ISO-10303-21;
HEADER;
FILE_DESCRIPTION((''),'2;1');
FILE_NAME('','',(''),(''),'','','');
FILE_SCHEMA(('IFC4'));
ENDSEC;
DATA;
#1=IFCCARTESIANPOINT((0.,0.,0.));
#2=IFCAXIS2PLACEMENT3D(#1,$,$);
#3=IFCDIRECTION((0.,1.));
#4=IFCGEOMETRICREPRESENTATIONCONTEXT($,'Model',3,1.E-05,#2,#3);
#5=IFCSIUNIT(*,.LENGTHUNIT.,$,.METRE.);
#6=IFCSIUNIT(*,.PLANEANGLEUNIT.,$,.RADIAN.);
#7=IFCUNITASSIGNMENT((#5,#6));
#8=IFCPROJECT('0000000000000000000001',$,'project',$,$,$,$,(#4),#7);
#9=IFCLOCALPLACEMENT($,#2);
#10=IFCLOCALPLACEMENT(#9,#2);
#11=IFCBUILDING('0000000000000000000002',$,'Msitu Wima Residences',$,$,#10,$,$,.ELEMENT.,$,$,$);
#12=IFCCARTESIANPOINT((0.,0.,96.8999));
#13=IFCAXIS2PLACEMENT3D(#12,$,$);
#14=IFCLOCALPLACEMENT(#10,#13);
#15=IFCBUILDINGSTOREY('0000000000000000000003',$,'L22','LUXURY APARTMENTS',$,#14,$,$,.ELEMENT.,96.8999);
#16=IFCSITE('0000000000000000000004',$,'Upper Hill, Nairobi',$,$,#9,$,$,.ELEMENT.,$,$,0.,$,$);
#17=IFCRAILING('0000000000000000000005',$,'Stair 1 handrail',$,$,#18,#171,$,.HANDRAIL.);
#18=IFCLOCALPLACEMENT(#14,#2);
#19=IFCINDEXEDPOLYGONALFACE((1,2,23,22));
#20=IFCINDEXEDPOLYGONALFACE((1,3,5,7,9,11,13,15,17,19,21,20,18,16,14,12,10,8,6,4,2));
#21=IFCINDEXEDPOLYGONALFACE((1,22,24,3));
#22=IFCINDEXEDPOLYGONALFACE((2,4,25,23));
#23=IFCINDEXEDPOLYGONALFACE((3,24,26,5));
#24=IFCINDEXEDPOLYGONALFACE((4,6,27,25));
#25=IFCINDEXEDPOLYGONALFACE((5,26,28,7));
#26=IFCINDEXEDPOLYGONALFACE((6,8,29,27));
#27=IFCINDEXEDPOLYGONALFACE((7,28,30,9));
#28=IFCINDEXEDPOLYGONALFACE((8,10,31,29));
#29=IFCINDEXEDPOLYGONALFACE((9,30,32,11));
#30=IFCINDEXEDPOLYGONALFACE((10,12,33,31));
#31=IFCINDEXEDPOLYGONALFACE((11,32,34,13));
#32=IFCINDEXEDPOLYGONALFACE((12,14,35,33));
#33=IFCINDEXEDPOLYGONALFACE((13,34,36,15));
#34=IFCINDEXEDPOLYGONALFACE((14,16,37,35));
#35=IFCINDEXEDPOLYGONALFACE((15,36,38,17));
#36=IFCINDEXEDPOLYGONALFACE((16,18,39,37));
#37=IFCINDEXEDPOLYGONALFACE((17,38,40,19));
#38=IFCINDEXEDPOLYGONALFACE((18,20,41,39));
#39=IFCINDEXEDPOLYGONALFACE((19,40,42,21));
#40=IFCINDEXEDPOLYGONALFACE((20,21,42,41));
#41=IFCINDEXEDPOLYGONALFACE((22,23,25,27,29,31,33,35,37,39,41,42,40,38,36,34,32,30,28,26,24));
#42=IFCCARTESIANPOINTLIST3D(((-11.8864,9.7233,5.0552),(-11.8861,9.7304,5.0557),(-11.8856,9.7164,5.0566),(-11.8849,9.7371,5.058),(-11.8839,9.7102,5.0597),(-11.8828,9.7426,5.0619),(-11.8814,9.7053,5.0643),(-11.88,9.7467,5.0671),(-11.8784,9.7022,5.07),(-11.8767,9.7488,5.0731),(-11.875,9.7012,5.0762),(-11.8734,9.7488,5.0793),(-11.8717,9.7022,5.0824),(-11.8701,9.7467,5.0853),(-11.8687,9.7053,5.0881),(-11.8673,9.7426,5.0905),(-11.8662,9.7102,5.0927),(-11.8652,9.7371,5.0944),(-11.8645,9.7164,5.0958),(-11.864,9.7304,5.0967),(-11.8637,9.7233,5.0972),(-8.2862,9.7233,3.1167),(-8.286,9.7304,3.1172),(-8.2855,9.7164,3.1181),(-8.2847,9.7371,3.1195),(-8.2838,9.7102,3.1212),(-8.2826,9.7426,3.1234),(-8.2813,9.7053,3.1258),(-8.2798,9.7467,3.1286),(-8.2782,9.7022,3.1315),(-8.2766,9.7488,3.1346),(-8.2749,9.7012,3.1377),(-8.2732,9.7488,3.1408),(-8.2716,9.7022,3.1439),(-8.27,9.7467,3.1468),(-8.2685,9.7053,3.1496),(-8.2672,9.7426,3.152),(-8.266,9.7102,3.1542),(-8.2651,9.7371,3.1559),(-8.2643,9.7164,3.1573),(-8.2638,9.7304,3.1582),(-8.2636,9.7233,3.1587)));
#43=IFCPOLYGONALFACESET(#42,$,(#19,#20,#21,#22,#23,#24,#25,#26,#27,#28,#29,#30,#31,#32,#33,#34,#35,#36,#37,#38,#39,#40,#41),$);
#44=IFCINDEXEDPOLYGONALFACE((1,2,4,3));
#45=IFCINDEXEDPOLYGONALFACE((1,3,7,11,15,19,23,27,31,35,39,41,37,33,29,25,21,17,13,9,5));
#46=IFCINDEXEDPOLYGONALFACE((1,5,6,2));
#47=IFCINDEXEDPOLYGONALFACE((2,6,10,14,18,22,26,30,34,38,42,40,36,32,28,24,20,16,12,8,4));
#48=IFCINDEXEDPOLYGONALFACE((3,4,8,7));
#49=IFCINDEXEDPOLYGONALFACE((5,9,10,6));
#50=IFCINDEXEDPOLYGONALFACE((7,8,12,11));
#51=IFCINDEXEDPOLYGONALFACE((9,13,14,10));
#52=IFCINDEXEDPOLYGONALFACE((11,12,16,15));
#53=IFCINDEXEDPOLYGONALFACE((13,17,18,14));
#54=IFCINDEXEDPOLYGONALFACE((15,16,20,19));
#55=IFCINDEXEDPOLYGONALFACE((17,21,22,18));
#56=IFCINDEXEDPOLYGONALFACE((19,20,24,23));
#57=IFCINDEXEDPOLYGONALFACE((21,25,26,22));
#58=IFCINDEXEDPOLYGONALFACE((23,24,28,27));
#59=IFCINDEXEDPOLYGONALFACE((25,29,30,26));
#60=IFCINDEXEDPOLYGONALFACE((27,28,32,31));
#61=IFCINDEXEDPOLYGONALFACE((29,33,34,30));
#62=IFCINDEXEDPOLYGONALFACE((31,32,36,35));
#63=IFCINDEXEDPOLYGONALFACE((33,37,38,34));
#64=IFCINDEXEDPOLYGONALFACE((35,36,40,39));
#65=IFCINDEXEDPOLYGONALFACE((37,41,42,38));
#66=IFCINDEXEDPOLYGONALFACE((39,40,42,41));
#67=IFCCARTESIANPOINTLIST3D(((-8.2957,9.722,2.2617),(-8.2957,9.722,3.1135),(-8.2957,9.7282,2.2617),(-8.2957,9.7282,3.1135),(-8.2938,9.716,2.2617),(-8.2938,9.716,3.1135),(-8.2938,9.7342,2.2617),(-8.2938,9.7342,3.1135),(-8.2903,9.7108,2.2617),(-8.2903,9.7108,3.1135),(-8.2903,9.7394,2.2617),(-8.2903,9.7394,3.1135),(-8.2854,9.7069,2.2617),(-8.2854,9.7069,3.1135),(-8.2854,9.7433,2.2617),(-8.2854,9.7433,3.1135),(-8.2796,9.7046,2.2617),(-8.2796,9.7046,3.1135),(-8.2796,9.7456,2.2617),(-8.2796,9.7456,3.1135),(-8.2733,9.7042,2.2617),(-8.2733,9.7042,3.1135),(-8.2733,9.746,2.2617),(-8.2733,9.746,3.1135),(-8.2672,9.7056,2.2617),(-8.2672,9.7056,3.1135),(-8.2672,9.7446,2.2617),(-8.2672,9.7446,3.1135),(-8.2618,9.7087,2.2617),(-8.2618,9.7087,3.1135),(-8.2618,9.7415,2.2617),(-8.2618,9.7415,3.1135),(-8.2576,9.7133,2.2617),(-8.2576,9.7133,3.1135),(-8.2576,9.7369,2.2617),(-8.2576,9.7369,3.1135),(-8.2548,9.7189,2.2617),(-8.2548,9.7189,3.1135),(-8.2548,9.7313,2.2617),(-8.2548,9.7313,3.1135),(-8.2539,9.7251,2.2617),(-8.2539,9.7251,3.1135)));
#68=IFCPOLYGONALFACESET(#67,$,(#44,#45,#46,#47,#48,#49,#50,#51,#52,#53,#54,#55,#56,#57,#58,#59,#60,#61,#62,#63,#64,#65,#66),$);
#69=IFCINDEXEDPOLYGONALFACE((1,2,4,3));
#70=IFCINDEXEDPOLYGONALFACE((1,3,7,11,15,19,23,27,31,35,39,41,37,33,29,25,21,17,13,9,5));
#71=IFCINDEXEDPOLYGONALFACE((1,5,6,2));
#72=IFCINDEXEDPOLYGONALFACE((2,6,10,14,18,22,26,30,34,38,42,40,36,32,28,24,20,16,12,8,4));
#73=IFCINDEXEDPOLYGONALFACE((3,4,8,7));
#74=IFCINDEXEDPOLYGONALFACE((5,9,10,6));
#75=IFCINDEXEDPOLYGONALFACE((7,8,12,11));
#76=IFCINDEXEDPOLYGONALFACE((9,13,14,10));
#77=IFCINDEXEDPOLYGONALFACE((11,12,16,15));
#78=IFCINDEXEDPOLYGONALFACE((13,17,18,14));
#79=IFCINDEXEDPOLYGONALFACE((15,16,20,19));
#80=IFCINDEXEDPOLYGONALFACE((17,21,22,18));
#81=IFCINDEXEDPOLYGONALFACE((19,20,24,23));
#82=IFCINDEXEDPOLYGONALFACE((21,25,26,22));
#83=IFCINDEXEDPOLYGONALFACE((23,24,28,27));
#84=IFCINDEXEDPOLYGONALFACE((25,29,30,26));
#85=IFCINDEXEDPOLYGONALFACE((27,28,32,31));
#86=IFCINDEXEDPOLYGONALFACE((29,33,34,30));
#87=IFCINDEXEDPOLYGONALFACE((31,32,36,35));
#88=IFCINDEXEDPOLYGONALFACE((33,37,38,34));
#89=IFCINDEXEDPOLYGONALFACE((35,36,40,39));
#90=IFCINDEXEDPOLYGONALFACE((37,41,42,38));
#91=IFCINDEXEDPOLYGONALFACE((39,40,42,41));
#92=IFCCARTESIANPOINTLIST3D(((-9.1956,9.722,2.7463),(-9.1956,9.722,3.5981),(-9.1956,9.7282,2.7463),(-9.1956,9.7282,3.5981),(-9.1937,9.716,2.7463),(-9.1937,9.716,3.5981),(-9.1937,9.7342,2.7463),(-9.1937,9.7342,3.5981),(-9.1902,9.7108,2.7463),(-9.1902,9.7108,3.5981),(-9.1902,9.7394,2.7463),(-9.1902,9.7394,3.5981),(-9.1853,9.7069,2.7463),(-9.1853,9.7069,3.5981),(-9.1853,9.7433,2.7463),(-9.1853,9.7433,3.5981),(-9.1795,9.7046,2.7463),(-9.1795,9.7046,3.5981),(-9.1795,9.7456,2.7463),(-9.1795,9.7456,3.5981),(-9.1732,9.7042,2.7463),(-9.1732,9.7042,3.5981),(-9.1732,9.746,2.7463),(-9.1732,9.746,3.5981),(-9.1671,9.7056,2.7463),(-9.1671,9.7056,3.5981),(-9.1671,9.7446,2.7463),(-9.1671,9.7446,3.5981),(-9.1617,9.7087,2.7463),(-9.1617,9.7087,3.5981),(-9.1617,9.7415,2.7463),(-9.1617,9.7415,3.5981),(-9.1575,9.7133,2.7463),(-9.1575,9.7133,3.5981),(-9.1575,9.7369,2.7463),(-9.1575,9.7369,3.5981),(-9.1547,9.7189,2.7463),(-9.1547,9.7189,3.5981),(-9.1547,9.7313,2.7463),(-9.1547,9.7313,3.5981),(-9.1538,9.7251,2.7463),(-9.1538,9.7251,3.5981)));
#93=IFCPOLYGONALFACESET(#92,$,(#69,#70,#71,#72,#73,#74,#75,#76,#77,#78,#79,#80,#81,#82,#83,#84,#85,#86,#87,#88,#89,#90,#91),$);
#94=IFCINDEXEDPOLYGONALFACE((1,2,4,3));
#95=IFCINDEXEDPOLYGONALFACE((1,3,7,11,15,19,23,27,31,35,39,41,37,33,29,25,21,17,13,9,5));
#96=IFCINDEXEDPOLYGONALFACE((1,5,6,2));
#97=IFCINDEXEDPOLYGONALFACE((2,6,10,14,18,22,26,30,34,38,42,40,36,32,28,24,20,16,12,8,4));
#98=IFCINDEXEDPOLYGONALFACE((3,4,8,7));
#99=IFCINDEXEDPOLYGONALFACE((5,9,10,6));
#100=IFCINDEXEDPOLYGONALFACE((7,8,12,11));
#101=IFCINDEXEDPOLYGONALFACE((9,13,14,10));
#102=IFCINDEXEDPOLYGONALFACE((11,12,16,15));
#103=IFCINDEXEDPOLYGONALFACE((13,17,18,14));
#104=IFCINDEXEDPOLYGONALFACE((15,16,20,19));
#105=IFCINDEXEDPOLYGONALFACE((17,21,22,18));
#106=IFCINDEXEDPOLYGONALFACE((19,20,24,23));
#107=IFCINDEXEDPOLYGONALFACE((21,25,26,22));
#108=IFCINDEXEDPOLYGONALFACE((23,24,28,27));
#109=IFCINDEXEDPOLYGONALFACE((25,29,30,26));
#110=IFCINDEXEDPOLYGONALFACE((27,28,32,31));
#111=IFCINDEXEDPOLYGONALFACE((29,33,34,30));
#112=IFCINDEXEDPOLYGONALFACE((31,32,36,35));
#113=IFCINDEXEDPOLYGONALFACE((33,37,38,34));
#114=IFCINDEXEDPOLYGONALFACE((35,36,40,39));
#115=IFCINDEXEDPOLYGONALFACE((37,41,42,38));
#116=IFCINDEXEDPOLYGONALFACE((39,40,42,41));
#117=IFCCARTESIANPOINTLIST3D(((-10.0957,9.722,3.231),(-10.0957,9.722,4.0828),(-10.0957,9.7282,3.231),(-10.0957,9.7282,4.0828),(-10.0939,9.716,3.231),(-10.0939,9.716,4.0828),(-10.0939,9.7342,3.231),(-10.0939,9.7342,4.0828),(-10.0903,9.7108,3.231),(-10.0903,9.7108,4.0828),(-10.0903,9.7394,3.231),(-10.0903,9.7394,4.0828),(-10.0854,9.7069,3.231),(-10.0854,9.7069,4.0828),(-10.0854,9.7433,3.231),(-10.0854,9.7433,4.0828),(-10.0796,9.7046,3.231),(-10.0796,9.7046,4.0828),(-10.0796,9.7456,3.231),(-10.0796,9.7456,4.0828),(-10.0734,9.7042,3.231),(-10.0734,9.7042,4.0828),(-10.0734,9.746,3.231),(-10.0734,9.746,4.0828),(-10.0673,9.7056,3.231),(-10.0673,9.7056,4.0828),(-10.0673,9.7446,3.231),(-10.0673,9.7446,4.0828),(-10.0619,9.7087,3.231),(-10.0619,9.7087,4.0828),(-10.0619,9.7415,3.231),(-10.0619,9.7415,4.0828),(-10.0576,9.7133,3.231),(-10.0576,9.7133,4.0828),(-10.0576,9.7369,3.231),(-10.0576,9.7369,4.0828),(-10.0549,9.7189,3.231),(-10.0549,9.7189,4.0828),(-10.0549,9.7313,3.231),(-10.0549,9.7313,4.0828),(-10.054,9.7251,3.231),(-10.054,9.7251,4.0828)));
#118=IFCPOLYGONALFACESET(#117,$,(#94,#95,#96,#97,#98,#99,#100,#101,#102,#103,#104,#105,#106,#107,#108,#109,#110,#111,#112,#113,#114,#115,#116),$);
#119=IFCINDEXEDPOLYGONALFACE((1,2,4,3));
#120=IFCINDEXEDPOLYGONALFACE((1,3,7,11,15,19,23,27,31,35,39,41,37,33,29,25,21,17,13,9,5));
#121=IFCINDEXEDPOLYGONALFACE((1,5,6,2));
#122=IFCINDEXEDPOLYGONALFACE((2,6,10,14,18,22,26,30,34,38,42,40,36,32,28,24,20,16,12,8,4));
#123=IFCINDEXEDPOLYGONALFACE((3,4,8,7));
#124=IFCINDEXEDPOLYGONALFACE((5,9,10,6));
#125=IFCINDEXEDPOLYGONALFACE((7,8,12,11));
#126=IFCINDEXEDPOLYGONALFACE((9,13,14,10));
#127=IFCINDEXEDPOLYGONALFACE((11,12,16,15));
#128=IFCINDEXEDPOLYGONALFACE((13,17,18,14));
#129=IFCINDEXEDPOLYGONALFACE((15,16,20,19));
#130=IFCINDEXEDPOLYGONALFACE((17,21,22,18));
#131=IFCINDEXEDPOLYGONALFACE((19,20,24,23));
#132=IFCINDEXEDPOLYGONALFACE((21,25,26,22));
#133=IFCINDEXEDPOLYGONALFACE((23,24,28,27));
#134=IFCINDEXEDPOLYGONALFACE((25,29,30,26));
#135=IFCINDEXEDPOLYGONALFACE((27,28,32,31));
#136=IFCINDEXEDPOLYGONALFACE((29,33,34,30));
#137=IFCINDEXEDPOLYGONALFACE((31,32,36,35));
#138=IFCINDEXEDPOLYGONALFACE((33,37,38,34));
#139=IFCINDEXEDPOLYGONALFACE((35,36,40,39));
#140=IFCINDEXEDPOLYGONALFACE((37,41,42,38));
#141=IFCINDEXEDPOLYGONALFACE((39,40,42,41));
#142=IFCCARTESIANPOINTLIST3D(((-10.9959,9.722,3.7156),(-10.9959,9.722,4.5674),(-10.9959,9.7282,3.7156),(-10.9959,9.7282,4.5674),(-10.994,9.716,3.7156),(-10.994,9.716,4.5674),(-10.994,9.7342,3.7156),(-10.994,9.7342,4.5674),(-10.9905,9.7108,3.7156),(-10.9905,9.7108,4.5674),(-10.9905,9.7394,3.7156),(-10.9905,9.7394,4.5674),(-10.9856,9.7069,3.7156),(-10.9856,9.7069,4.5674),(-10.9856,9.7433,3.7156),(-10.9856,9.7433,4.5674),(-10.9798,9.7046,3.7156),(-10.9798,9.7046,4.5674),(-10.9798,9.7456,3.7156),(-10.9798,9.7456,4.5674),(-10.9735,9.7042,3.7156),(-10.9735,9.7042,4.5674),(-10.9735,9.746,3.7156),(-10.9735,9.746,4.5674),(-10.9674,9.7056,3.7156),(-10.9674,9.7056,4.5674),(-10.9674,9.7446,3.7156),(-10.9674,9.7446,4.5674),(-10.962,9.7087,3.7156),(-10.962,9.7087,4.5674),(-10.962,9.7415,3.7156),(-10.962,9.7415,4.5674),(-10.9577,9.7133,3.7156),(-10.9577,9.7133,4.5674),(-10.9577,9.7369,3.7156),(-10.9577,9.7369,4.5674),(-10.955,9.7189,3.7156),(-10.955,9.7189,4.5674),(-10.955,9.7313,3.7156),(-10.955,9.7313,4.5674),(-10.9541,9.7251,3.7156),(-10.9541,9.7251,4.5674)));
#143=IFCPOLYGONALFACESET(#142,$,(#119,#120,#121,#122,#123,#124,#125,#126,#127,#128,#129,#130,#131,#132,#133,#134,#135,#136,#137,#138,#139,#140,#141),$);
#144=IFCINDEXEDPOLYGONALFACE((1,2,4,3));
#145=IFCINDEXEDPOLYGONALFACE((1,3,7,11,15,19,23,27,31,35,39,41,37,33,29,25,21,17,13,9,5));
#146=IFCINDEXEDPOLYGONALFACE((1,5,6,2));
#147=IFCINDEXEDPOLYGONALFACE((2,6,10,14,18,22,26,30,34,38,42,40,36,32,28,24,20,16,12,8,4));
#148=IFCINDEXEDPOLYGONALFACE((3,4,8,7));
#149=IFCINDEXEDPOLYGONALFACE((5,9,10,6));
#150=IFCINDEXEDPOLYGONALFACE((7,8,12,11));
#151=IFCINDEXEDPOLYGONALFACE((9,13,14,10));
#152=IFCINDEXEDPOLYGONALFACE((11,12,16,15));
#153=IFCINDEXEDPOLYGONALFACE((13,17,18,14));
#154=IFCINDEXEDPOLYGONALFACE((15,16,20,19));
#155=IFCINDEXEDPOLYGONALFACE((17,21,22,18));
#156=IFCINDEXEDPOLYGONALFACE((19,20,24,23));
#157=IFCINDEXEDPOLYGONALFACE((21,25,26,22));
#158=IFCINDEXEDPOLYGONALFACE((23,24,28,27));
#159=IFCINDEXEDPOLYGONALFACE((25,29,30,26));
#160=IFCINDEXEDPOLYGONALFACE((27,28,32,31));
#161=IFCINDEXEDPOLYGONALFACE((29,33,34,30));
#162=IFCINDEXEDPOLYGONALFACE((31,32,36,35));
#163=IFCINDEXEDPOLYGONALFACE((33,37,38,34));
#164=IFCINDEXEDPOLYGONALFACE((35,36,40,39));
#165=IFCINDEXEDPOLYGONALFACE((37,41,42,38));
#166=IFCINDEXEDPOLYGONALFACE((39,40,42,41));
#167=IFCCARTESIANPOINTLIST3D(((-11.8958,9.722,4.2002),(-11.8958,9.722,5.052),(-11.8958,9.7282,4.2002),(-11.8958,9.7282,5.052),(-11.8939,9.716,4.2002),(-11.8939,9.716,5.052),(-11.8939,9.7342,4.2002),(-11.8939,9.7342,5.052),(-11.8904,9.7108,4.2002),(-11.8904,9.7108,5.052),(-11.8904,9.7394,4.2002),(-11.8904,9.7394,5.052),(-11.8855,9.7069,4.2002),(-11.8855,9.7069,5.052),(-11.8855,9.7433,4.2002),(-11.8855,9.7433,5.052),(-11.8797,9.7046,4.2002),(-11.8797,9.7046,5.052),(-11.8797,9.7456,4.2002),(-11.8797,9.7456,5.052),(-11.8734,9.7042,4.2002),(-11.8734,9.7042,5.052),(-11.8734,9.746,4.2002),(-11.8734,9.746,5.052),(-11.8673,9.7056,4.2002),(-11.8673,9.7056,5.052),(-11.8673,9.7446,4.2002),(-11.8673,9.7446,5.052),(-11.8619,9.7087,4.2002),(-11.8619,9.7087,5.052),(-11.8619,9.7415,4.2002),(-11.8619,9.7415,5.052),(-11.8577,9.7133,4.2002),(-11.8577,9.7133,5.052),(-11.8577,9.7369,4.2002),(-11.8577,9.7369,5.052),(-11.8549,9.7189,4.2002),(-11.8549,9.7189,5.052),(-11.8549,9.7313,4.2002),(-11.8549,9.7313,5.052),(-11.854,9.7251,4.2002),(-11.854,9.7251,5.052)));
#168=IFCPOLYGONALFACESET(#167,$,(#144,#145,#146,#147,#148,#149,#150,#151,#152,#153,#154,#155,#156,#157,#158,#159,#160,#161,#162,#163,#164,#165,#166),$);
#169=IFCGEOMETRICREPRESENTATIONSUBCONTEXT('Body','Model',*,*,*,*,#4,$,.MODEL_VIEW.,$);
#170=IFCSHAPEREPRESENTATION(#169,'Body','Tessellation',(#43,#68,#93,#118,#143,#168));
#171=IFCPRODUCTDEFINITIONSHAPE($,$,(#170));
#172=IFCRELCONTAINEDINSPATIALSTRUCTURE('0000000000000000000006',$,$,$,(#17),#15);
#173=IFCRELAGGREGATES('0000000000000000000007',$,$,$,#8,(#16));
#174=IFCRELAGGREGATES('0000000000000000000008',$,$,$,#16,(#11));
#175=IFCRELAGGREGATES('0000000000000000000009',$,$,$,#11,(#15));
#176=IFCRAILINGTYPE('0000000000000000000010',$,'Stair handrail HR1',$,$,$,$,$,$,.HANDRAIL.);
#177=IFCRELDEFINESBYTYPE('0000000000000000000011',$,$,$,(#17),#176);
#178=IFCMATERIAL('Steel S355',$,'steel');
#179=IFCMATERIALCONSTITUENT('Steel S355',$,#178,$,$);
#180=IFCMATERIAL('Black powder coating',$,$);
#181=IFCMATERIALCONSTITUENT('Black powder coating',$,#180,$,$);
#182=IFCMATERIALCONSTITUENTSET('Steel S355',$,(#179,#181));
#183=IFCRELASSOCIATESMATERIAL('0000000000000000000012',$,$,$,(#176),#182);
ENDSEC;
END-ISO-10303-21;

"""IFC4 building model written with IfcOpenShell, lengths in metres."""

from ifc_helpers import new_model, si_unit, direction, frame, origin, origin_2d, place, context, subcontext, project, spatial, circle, extrude, material, constituent, constituent_set, type_object, element, save


model = new_model("IFC4")

# Units and contexts
model_context = context("Model", 3, precision=1e-05, world=origin(), true_north=direction((0.0, 1.0)))
body_context = subcontext(model_context, "Body", "Model", "MODEL_VIEW")
ifc_project = project(units=[si_unit("LENGTHUNIT", "METRE"), si_unit("PLANEANGLEUNIT", "RADIAN")], contexts=[model_context])

# Site, building, storey
site_placement = place(None, origin())
site = spatial("IfcSite", under=ifc_project, at=site_placement, Name="Upper Hill, Nairobi", CompositionType="ELEMENT", RefElevation=0.0)
building_placement = place(site_placement, origin())
building = spatial("IfcBuilding", under=site, at=building_placement, Name="Msitu Wima Residences", CompositionType="ELEMENT")
storey_placement = place(building_placement, frame((0.0, 0.0, 96.8999)))
storey = spatial("IfcBuildingStorey", under=building, at=storey_placement, Name="L22", Description="LUXURY APARTMENTS", CompositionType="ELEMENT", Elevation=96.8999)

# Railing
ifc_material_1 = material(Name="Steel S355", Category="steel")
ifc_constituent_1 = constituent(ifc_material_1, Name="Steel S355")
ifc_material_2 = material(Name="Black powder coating")
ifc_constituent_2 = constituent(ifc_material_2, Name="Black powder coating")
ifc_constituent_set = constituent_set(constituents=[ifc_constituent_1, ifc_constituent_2], Name="Steel S355")
railing_type = type_object("IfcRailingType", Name="Stair handrail HR1", PredefinedType="HANDRAIL", material=ifc_constituent_set)
for number, where, name in (
    (1, (-8.2749, 9.7251, 2.2617), "Stair 1 handrail"),
):
    element("IfcRailing", number, at=place(storey_placement, frame(where)), inside=storey, type_object=railing_type, Name=name, PredefinedType="HANDRAIL", context=body_context, shape_type="SweptSolid", body=[
        extrude(circle(Radius=0.0239, at=origin_2d()), frame((0.0, 0.0, 0.876), z_axis=(-0.880475, 0.0, 0.474093), x_axis=(0.0, -1.0, 0.0)), (0.0, 0.0, 1.0), 4.0889),
        extrude(circle(Radius=0.021, at=origin_2d()), origin(), (0.0, 0.0, 1.0), 0.8518),
        extrude(circle(Radius=0.021, at=origin_2d()), frame((-0.8999, 0.0, 0.4846)), (0.0, 0.0, 1.0), 0.8518),
        extrude(circle(Radius=0.021, at=origin_2d()), frame((-1.8, 0.0, 0.9692)), (0.0, 0.0, 1.0), 0.8518),
        extrude(circle(Radius=0.021, at=origin_2d()), frame((-2.7002, 0.0, 1.4539)), (0.0, 0.0, 1.0), 0.8518),
        extrude(circle(Radius=0.021, at=origin_2d()), frame((-3.6001, 0.0, 1.9385)), (0.0, 0.0, 1.0), 0.8518),
    ])

save(model, "model.ifc")
